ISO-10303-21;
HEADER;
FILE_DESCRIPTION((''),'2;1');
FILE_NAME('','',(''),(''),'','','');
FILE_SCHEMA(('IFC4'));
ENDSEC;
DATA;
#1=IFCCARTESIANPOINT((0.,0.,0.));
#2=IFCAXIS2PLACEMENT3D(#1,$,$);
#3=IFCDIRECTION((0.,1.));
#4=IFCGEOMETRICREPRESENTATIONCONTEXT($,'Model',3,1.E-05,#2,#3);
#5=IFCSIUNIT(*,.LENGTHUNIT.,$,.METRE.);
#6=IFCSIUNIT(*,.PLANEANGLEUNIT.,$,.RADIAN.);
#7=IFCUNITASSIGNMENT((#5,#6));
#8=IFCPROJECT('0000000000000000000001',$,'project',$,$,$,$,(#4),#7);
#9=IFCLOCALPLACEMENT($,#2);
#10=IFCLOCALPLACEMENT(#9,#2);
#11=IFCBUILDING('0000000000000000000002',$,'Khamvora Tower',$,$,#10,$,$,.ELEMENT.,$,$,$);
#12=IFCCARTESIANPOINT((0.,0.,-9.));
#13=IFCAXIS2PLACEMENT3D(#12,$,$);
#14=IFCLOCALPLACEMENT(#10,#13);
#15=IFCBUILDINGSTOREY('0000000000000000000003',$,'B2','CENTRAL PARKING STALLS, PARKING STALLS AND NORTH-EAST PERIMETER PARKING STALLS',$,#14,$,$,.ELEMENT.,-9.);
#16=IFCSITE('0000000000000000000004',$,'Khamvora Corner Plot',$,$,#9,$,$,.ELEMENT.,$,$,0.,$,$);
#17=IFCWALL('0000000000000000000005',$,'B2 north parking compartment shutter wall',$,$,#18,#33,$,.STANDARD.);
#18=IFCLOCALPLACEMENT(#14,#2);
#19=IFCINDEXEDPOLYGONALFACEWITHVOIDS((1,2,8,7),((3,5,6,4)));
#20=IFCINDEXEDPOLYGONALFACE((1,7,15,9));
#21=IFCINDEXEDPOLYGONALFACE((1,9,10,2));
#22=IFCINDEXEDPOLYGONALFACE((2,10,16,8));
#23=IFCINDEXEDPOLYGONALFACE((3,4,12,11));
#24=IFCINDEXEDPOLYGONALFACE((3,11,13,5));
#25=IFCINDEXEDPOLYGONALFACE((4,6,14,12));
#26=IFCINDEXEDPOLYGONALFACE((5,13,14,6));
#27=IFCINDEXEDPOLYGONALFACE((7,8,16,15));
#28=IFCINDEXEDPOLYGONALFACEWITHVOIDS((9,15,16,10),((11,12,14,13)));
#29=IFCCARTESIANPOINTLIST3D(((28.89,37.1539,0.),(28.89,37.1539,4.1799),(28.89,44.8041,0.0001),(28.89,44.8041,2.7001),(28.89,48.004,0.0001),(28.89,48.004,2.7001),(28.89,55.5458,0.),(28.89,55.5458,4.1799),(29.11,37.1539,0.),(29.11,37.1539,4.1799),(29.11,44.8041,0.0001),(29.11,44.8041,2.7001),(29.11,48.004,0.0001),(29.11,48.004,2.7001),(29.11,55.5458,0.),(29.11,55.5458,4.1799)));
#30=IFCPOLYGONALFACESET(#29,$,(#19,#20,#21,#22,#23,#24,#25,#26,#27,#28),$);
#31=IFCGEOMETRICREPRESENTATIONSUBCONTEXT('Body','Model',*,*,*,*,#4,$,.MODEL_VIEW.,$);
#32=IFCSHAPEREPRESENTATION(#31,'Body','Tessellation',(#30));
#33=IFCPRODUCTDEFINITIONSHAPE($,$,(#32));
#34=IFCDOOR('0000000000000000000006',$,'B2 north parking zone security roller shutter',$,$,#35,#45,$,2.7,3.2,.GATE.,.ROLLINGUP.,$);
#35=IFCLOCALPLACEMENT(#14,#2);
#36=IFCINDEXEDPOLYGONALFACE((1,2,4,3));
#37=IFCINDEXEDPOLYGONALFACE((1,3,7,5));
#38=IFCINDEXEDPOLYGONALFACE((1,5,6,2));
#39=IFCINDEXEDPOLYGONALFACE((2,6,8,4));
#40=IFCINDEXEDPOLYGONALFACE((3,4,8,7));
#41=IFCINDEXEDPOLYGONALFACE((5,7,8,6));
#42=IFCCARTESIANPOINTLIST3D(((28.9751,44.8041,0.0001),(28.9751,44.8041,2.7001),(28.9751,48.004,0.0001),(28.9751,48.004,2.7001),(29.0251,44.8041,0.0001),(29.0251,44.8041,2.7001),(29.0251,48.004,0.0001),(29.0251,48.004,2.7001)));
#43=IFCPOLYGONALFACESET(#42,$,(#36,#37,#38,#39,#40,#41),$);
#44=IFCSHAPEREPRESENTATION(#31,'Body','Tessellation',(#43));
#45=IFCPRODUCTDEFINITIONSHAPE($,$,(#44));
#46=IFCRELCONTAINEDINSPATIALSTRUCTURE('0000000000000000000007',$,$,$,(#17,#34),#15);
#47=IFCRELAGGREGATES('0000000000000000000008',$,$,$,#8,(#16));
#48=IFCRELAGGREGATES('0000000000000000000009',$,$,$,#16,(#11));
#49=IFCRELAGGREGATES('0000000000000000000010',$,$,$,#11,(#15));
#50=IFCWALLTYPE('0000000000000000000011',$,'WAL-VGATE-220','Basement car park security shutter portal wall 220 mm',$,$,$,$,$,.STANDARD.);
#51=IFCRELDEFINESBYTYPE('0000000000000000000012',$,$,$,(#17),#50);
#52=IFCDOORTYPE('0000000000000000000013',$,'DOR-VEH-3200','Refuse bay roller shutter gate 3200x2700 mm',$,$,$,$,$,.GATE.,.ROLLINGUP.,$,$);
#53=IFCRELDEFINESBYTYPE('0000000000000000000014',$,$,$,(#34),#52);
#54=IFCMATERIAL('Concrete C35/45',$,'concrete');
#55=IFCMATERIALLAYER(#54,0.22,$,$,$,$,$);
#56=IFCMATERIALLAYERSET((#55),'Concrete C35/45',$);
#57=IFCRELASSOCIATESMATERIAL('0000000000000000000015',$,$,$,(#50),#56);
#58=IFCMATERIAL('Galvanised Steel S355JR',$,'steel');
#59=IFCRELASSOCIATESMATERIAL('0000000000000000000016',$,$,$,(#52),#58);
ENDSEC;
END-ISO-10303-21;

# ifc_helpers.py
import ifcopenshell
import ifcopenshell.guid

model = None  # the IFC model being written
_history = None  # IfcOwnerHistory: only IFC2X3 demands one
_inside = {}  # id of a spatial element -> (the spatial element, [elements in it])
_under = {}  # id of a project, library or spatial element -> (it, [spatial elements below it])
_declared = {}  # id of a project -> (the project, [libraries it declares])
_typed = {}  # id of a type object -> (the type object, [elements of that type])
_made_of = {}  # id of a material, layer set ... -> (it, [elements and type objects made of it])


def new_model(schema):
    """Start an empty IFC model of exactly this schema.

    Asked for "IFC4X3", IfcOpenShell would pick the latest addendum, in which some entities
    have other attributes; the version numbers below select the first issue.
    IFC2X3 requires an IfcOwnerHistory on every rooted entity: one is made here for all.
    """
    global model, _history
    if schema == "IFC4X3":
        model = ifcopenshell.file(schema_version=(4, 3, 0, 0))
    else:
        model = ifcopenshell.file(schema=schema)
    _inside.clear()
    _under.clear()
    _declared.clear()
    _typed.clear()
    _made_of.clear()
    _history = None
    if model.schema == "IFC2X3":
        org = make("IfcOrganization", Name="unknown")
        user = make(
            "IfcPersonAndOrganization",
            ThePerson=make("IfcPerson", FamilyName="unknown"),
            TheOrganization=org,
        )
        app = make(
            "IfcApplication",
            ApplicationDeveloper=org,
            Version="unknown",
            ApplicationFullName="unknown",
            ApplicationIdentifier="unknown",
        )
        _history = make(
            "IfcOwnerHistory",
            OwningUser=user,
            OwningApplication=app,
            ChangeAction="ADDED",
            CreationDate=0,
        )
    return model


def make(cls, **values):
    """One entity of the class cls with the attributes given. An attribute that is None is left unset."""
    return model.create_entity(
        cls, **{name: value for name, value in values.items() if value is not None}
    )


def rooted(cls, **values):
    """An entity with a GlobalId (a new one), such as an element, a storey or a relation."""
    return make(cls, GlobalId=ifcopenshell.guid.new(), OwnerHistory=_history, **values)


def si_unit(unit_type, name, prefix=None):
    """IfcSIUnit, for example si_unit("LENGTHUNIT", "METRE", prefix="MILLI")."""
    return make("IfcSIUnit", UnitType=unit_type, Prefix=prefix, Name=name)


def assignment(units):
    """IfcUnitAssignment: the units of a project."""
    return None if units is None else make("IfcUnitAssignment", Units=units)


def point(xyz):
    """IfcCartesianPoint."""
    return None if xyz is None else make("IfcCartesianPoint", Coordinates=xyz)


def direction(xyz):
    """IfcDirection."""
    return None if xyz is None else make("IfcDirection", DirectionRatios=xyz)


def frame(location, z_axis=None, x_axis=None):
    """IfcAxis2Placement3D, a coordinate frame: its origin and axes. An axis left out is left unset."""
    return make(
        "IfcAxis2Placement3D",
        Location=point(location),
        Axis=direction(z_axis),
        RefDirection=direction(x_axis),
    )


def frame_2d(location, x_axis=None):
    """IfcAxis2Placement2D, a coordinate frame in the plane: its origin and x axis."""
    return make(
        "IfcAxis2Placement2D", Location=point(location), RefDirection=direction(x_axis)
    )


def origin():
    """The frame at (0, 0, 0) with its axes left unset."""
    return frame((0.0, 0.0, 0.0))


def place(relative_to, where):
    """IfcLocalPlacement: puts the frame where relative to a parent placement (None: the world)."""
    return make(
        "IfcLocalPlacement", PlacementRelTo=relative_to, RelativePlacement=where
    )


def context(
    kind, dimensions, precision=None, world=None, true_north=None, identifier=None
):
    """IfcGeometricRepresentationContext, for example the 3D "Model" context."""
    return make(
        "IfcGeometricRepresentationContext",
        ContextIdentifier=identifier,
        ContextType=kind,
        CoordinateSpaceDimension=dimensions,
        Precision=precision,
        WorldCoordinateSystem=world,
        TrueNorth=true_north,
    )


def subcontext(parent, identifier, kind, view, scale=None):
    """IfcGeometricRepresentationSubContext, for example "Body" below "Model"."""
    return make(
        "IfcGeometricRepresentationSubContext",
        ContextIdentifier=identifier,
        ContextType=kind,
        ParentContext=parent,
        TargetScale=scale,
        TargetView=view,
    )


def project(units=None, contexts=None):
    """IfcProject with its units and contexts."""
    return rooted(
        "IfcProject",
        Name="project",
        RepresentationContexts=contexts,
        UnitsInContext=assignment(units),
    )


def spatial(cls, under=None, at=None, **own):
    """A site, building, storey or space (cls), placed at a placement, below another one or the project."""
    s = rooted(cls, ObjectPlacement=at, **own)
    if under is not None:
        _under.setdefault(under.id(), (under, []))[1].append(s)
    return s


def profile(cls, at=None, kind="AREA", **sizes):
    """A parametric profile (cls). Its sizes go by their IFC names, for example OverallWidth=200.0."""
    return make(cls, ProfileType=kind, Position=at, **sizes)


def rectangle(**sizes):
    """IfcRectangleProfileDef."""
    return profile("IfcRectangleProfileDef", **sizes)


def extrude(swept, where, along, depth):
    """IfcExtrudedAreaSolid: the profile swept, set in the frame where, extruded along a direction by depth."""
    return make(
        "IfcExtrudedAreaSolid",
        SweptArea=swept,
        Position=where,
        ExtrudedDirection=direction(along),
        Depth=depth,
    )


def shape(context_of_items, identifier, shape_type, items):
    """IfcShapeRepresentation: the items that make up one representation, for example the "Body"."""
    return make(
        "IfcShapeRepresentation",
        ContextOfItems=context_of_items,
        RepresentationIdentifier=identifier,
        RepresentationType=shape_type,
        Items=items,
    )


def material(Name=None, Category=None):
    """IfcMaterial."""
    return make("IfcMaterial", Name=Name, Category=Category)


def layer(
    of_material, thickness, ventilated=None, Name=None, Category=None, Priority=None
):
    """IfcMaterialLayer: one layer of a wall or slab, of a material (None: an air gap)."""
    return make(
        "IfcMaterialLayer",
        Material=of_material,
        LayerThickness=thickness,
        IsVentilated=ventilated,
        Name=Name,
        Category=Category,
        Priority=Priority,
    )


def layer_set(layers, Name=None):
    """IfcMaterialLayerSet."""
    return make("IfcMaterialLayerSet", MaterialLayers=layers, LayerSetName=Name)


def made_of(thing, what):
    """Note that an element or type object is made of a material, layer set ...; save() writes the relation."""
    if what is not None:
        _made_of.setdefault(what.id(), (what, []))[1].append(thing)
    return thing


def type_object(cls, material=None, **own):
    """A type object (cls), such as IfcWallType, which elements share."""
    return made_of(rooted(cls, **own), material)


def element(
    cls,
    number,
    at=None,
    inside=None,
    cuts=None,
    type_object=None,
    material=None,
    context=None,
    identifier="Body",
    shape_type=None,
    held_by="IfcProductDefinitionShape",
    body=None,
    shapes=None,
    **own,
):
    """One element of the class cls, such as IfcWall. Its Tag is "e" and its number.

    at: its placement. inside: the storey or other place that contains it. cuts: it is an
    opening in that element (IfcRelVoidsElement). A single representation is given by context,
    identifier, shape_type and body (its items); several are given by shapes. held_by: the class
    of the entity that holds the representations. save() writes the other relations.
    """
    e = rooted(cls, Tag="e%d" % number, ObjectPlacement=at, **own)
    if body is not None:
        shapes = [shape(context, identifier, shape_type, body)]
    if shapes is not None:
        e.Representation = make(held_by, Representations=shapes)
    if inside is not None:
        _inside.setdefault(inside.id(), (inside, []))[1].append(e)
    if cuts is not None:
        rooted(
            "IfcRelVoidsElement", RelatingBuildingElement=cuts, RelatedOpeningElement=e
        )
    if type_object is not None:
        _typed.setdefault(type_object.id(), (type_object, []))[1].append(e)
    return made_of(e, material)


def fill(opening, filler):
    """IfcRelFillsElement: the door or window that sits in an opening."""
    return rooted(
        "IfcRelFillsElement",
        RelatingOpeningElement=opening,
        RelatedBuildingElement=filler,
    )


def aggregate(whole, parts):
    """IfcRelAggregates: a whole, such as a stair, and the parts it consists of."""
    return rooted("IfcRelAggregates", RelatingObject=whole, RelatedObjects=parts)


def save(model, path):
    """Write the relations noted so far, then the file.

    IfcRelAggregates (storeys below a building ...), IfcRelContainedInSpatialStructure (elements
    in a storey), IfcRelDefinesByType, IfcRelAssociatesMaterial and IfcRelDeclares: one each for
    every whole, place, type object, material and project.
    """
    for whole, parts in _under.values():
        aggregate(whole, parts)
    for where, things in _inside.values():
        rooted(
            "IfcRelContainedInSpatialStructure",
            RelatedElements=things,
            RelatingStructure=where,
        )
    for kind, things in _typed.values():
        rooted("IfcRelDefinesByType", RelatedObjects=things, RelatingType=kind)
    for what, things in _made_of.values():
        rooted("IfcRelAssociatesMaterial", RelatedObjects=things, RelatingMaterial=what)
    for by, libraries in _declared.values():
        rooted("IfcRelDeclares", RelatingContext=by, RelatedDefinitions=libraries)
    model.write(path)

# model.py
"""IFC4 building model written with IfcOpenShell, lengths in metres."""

from ifc_helpers import new_model, si_unit, direction, frame, frame_2d, origin, place, context, subcontext, project, spatial, rectangle, extrude, material, layer, layer_set, type_object, element, fill, save


model = new_model("IFC4")

# Units and contexts
model_context = context("Model", 3, precision=1e-05, world=origin(), true_north=direction((0.0, 1.0)))
body_context = subcontext(model_context, "Body", "Model", "MODEL_VIEW")
ifc_project = project(units=[si_unit("LENGTHUNIT", "METRE"), si_unit("PLANEANGLEUNIT", "RADIAN")], contexts=[model_context])

# Site, building, storey
site_placement = place(None, origin())
site = spatial("IfcSite", under=ifc_project, at=site_placement, Name="Khamvora Corner Plot", CompositionType="ELEMENT", RefElevation=0.0)
building_placement = place(site_placement, origin())
building = spatial("IfcBuilding", under=site, at=building_placement, Name="Khamvora Tower", CompositionType="ELEMENT")
storey_placement = place(building_placement, frame((0.0, 0.0, -9.0)))
storey = spatial("IfcBuildingStorey", under=building, at=storey_placement, Name="B2", Description="CENTRAL PARKING STALLS, PARKING STALLS AND NORTH-EAST PERIMETER PARKING STALLS", CompositionType="ELEMENT", Elevation=-9.0)

# Wall, opening, door
ifc_material_1 = material(Name="Concrete C35/45", Category="concrete")
ifc_layer_1 = layer(ifc_material_1, 0.22)
ifc_layer_set_1 = layer_set([ifc_layer_1], Name="Concrete C35/45")
wall_type_1 = type_object("IfcWallType", Name="WAL-VGATE-220", Description="Basement car park security shutter portal wall 220 mm", PredefinedType="STANDARD", material=ifc_layer_set_1)
wall_1_placement = place(storey_placement, frame((29.0, 37.1541, 0.0), z_axis=(0.0, 0.0, 1.0), x_axis=(0.0, 1.0, 0.0)))
wall_1 = element("IfcWall", 1, at=wall_1_placement, inside=storey, type_object=wall_type_1, Name="B2 north parking compartment shutter wall", PredefinedType="STANDARD", context=body_context, shape_type="SweptSolid", body=[
    extrude(rectangle(XDim=18.3918, YDim=0.22, at=frame_2d((9.1958, 0.0))), origin(), (0.0, 0.0, 1.0), 4.1799),
])
opening_1_placement = place(wall_1_placement, frame((7.6499, 0.0, 0.0)))
opening_1 = element("IfcOpeningElement", 2, at=opening_1_placement, cuts=wall_1, PredefinedType="OPENING", context=body_context, shape_type="SweptSolid", body=[
    extrude(rectangle(XDim=3.2, YDim=2.7, at=frame_2d((1.6001, 1.3501))), frame((0.0, 0.1199, 0.0), z_axis=(0.0, -1.0, 0.0), x_axis=(1.0, 0.0, 0.0)), (0.0, 0.0, 1.0), 0.24),
])
ifc_material_2 = material(Name="Galvanised Steel S355JR", Category="steel")
door_type_1 = type_object("IfcDoorType", Name="DOR-VEH-3200", Description="Refuse bay roller shutter gate 3200x2700 mm", OperationType="ROLLINGUP", PredefinedType="GATE", material=ifc_material_2)
door_1_placement = place(opening_1_placement, origin())
door_1 = element("IfcDoor", 3, at=door_1_placement, inside=storey, type_object=door_type_1, Name="B2 north parking zone security roller shutter", OperationType="ROLLINGUP", OverallHeight=2.7, OverallWidth=3.2, PredefinedType="GATE", context=body_context, shape_type="SweptSolid", body=[
    extrude(rectangle(XDim=3.2, YDim=2.7, at=frame_2d((1.6001, 1.3501))), frame((0.0, 0.0249, 0.0), z_axis=(0.0, -1.0, 0.0), x_axis=(1.0, 0.0, 0.0)), (0.0, 0.0, 1.0), 0.05),
])
fill(opening_1, door_1)

save(model, "model.ifc")
